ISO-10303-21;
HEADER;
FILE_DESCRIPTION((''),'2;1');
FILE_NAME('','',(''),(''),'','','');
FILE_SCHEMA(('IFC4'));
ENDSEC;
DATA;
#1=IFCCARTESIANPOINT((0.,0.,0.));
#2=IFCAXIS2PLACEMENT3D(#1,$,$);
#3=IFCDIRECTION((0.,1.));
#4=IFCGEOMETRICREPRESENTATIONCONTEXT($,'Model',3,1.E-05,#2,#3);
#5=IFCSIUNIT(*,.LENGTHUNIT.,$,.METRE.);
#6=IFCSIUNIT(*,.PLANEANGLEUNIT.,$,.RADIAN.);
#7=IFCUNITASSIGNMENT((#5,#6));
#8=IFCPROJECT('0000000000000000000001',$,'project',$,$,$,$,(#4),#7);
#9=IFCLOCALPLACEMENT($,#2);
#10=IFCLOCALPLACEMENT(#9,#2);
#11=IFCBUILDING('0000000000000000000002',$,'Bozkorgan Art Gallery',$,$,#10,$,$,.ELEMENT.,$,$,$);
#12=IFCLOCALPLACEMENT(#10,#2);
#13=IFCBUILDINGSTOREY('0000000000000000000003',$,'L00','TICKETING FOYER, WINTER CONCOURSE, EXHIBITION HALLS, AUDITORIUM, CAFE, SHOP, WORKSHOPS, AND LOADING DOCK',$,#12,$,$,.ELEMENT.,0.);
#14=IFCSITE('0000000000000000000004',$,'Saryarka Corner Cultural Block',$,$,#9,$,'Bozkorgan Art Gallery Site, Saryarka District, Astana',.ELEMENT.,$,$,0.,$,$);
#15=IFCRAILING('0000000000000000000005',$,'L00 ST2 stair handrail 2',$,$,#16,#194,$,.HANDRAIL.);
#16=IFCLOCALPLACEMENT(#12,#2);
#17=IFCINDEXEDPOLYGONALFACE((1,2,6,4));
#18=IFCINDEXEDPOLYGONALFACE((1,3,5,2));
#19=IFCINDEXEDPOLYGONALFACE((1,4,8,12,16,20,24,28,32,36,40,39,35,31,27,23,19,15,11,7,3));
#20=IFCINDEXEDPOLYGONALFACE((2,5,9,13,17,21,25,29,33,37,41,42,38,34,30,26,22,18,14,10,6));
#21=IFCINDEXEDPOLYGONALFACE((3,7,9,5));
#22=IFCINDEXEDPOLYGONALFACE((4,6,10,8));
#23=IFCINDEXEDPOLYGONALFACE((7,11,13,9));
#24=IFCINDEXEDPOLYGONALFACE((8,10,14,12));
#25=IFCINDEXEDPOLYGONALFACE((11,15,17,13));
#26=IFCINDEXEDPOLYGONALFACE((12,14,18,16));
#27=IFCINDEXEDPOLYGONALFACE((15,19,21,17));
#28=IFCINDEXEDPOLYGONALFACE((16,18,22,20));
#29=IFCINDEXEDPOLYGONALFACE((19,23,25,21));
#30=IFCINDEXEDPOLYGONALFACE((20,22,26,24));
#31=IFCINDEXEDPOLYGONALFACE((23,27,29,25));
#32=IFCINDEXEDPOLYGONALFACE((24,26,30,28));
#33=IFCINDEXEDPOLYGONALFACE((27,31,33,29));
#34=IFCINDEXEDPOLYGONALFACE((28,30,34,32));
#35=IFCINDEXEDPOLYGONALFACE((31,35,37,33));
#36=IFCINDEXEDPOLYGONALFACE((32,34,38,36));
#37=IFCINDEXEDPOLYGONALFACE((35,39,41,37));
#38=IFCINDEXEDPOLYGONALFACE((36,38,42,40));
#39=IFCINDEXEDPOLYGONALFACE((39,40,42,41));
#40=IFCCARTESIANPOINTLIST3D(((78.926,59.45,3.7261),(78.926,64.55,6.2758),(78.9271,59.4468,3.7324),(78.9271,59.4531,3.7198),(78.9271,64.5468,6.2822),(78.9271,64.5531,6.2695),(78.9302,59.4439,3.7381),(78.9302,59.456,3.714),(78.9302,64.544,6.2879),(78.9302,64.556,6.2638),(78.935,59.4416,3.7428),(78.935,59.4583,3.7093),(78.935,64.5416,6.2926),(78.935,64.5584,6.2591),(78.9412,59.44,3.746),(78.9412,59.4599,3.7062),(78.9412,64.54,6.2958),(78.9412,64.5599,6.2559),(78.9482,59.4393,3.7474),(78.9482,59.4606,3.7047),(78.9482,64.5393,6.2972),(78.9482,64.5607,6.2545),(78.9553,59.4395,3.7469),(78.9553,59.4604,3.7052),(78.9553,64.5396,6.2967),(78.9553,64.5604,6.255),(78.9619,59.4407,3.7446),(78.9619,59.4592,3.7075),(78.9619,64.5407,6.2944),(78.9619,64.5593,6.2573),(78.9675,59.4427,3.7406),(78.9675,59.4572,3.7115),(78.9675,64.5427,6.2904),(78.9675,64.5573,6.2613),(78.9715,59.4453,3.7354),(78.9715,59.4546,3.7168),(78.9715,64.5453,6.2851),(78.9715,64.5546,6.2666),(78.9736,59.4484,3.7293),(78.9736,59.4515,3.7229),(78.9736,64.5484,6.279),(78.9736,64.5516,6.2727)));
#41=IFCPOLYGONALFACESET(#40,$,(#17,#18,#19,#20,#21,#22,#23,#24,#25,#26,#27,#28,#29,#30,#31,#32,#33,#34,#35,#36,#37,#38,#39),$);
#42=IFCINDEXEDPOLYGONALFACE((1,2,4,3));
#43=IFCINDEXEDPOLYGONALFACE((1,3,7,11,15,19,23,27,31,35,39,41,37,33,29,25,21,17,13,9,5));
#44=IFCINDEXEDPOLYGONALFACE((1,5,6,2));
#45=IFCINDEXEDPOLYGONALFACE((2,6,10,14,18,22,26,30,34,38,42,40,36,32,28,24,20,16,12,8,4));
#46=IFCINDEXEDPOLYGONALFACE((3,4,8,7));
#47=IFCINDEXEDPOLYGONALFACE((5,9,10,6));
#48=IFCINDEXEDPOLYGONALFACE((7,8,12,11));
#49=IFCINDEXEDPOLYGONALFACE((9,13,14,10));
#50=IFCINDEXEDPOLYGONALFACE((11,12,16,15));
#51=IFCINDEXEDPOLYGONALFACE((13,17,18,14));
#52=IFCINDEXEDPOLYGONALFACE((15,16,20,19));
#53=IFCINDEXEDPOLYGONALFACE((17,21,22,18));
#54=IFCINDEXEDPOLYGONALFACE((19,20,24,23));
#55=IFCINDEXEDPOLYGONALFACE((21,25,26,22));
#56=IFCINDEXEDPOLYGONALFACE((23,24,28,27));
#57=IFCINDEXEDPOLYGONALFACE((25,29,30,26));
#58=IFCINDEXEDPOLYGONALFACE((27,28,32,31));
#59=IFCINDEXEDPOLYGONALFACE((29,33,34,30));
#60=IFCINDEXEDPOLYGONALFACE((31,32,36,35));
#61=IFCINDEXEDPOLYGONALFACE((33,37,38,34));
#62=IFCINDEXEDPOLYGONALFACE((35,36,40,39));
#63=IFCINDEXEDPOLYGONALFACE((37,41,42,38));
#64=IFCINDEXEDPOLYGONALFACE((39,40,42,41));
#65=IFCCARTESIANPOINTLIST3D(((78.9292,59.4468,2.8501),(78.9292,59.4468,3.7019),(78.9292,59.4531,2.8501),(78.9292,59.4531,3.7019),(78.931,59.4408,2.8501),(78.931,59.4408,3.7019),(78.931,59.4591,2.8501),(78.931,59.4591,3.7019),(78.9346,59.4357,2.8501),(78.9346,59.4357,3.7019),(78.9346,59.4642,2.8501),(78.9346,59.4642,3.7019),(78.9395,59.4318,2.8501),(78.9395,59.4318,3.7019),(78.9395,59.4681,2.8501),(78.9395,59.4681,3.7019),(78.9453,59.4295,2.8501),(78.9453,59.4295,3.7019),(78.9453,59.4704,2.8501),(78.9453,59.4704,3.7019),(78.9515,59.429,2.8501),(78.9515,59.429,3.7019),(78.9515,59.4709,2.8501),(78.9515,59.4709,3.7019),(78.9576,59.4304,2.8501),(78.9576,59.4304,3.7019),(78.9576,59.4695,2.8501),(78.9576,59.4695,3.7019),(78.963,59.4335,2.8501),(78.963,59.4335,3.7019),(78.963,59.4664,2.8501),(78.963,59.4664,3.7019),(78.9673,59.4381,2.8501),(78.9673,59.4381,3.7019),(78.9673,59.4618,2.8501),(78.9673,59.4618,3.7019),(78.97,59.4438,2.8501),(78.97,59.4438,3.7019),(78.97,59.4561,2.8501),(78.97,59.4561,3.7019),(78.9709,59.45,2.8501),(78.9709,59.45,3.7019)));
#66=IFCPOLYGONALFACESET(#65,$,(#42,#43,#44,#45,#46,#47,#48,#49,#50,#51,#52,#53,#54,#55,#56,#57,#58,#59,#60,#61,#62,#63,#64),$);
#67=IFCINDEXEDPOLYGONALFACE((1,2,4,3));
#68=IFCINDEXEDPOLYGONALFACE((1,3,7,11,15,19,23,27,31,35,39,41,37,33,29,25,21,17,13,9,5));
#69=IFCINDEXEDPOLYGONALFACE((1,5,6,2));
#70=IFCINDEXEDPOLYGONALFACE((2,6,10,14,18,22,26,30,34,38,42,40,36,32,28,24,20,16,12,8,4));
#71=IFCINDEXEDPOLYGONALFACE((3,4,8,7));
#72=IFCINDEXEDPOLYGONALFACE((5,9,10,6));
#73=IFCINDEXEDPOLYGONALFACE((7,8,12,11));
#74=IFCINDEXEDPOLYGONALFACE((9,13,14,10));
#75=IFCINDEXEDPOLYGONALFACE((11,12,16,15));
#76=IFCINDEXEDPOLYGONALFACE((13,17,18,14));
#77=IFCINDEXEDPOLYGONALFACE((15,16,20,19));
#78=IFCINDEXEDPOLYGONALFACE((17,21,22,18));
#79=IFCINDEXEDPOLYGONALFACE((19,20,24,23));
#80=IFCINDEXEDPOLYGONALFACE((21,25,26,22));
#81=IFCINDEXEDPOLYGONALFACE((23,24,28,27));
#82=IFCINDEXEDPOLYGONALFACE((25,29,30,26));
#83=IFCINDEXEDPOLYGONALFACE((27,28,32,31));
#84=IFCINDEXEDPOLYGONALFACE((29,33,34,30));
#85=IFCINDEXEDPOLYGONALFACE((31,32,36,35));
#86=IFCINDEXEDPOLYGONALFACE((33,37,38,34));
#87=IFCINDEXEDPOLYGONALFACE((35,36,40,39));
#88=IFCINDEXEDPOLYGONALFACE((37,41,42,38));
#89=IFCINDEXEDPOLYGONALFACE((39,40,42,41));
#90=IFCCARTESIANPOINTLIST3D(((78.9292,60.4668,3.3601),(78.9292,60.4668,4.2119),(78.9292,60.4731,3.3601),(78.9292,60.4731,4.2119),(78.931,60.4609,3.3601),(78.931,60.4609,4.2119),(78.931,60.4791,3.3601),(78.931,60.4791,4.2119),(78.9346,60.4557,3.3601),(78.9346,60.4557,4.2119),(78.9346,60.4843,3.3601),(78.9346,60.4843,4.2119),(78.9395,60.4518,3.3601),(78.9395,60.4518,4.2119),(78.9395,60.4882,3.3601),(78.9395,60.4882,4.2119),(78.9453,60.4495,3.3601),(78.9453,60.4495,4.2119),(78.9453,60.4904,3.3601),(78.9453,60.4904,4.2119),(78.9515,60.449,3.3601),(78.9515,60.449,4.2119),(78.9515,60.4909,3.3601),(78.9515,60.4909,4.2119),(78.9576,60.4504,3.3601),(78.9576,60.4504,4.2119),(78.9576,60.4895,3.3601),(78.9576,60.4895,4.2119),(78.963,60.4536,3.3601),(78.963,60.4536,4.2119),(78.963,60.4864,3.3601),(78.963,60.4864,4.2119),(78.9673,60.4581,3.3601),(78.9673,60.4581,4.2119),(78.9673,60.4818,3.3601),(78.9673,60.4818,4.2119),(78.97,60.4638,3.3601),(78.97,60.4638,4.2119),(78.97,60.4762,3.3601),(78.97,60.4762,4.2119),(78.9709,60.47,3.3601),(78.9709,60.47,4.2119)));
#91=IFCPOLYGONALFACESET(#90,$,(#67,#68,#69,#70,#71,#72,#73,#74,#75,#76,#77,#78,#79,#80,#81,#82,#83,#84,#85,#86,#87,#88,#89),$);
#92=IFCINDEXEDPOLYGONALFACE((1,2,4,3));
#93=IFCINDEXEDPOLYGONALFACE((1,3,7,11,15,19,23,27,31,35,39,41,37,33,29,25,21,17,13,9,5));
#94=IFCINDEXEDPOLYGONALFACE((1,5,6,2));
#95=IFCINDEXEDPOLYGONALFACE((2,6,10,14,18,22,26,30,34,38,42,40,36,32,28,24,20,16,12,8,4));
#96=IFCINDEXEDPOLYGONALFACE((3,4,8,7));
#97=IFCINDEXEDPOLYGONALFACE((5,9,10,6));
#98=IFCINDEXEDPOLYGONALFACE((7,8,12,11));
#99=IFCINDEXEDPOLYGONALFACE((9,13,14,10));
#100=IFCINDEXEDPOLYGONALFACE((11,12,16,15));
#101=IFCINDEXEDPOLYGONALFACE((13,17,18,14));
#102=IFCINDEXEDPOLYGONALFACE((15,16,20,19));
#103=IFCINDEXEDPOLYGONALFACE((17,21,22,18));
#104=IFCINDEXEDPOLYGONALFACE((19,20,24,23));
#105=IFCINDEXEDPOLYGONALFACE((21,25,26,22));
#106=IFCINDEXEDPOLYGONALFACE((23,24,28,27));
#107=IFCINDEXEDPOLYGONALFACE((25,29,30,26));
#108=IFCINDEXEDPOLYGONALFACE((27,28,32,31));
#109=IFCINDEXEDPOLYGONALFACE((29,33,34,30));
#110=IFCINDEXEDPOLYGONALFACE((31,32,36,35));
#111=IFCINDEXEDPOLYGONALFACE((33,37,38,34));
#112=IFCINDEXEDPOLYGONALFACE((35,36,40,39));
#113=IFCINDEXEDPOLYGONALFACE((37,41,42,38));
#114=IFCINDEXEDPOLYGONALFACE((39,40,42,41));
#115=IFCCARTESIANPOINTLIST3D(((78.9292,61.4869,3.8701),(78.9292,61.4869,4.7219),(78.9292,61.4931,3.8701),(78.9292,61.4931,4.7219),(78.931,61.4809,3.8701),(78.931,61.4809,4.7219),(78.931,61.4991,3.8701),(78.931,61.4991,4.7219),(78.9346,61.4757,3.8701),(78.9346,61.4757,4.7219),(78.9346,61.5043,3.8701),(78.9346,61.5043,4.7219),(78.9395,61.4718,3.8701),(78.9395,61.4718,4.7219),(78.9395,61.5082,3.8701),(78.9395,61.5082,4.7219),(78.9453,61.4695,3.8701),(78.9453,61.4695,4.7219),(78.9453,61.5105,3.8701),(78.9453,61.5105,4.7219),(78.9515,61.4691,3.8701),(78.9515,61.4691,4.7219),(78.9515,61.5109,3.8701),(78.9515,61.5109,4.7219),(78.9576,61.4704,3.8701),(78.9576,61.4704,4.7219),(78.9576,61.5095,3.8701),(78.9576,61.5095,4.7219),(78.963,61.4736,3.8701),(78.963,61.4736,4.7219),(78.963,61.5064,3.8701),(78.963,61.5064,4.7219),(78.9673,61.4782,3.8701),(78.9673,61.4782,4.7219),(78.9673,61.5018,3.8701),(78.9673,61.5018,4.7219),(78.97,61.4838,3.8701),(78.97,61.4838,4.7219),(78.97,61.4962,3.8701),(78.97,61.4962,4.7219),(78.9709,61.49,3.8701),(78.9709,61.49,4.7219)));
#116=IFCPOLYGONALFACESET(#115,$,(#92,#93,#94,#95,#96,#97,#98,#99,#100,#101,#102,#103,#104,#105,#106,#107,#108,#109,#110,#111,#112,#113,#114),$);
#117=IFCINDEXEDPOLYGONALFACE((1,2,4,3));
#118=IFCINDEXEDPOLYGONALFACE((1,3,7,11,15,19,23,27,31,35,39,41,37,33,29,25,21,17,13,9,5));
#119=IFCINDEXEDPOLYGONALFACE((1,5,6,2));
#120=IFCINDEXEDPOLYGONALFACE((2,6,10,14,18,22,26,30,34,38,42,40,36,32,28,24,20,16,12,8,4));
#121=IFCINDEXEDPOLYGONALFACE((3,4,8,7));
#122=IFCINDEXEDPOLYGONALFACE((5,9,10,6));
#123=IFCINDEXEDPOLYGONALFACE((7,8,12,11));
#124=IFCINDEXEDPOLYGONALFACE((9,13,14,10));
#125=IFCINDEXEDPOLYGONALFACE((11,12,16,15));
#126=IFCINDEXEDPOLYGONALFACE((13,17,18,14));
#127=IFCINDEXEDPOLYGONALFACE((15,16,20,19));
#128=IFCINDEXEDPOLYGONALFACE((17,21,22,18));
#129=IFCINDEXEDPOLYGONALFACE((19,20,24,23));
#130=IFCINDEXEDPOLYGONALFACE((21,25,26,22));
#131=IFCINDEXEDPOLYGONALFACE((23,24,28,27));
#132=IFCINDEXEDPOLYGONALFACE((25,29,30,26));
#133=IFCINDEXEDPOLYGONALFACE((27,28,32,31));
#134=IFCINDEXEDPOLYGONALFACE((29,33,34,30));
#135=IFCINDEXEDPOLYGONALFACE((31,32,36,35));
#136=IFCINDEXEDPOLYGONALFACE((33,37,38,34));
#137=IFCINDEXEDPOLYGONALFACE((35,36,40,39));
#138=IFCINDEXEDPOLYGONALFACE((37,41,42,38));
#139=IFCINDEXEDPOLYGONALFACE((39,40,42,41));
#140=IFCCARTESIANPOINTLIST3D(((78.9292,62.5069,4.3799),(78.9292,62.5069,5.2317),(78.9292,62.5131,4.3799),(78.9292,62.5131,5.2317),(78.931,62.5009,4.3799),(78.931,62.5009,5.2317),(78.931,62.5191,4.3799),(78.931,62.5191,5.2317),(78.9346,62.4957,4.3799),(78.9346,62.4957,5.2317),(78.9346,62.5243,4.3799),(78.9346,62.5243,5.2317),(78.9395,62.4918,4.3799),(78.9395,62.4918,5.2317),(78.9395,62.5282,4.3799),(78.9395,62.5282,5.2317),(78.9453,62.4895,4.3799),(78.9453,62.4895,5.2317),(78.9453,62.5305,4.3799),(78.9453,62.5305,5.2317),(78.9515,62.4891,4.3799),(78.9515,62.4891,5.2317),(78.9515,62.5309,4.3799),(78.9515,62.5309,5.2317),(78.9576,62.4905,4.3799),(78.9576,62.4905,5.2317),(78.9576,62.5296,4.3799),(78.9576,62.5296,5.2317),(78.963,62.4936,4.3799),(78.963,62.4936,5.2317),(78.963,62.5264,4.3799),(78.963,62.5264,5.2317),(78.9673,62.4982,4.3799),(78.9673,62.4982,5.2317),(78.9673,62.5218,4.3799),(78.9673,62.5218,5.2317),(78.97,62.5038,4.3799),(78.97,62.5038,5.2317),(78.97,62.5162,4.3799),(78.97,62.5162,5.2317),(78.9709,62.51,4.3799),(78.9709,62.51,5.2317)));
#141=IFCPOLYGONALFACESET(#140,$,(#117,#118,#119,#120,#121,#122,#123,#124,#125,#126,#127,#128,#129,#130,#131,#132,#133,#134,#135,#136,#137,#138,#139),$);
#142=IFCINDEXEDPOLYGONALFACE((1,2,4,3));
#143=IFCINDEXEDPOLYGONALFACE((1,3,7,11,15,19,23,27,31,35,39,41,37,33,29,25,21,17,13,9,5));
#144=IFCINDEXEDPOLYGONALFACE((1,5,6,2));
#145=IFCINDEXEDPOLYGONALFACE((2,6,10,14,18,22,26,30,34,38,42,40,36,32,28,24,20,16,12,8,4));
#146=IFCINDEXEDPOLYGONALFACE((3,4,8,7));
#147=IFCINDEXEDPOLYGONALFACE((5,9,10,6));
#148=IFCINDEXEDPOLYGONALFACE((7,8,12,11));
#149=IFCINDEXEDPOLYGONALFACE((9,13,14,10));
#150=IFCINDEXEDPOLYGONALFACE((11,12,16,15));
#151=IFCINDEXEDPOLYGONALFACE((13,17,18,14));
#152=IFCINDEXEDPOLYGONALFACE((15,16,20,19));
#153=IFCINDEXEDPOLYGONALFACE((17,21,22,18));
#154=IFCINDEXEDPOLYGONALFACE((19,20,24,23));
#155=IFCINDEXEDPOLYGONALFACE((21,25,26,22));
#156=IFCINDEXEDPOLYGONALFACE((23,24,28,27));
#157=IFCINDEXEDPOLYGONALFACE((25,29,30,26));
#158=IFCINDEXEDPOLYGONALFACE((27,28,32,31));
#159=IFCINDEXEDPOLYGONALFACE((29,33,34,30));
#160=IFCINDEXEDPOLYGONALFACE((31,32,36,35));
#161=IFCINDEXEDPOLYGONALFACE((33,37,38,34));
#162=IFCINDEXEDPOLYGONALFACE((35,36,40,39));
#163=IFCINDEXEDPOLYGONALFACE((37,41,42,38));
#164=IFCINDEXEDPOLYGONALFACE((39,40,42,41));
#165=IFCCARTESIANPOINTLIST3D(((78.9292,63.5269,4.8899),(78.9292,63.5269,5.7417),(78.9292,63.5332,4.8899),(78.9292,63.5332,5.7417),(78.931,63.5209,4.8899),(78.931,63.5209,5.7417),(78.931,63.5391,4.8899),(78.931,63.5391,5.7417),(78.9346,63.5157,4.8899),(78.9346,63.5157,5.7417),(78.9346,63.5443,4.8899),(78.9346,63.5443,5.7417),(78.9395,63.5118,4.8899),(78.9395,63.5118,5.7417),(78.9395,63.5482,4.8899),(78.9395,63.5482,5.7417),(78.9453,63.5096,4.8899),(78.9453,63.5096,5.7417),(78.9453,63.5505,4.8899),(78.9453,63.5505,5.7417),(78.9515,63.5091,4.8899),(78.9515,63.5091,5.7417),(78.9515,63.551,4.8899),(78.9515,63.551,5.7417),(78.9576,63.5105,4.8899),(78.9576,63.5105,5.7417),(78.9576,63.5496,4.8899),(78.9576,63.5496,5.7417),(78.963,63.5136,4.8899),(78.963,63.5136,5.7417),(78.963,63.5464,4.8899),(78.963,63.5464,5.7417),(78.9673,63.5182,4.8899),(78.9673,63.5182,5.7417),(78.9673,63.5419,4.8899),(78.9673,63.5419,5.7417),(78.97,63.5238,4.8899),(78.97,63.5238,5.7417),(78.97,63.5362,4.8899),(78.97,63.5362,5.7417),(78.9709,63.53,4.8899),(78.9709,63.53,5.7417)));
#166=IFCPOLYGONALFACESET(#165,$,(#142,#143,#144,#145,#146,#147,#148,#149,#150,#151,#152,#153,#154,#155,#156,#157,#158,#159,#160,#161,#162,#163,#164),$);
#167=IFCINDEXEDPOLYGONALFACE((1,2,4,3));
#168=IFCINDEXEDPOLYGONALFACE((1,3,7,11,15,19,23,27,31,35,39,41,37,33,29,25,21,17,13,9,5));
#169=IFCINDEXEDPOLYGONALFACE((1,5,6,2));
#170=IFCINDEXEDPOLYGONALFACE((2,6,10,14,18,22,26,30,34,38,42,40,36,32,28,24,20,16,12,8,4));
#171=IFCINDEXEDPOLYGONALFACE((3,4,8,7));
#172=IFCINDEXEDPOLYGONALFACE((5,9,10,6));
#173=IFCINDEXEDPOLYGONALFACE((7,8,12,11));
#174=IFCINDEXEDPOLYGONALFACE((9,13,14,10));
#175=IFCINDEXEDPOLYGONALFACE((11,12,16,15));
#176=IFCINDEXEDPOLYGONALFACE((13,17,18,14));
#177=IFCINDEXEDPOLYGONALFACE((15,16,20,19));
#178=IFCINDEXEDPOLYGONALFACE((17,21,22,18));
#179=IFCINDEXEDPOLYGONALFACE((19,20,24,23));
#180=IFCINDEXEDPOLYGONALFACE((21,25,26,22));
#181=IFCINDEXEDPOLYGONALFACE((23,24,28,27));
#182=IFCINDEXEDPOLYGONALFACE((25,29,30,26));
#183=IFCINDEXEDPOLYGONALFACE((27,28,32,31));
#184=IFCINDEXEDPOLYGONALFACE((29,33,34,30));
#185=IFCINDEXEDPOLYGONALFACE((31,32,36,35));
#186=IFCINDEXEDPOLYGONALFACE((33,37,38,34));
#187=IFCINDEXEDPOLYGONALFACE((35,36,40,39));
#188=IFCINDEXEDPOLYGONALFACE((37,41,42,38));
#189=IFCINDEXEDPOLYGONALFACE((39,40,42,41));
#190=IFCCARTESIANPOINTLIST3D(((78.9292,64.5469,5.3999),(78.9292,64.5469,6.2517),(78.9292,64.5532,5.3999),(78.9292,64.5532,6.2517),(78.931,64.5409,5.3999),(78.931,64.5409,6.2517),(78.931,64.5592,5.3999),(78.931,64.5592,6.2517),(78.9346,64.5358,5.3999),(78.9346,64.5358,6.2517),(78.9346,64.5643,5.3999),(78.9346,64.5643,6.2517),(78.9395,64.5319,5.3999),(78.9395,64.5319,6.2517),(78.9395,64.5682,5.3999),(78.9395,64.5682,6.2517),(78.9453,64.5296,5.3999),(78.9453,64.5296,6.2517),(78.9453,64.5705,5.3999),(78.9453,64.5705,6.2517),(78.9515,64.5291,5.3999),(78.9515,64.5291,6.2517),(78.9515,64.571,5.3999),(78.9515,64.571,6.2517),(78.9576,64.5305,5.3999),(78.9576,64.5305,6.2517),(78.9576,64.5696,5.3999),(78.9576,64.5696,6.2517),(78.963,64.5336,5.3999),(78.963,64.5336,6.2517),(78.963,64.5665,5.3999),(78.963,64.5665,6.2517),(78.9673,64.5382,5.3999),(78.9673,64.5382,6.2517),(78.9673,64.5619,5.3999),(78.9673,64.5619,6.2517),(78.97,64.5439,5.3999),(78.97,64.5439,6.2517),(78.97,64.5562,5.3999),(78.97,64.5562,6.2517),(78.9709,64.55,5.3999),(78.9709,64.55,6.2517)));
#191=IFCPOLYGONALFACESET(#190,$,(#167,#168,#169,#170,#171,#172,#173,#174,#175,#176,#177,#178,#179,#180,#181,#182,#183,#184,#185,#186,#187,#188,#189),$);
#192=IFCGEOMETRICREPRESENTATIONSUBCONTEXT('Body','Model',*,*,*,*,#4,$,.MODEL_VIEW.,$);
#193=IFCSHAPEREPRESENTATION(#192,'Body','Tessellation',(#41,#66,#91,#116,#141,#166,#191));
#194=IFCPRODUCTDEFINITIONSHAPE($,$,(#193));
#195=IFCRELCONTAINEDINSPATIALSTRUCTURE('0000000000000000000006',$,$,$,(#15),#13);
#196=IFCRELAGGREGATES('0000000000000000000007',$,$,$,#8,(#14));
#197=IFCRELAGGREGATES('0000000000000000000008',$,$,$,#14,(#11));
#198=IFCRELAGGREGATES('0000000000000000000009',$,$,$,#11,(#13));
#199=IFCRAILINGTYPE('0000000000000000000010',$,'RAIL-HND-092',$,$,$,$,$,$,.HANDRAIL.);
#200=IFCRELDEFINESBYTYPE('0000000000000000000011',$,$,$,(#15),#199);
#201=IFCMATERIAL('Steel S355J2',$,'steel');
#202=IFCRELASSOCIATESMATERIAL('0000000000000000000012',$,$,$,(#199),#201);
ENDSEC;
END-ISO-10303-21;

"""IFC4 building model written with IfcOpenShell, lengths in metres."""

from ifc_helpers import new_model, si_unit, direction, frame, origin, origin_2d, place, context, subcontext, project, spatial, circle, extrude, material, type_object, element, save


model = new_model("IFC4")

# Units and contexts
model_context = context("Model", 3, precision=1e-05, world=origin(), true_north=direction((0.0, 1.0)))
body_context = subcontext(model_context, "Body", "Model", "MODEL_VIEW")
ifc_project = project(units=[si_unit("LENGTHUNIT", "METRE"), si_unit("PLANEANGLEUNIT", "RADIAN")], contexts=[model_context])

# Site, building, storey
site_placement = place(None, origin())
site = spatial("IfcSite", under=ifc_project, at=site_placement, Name="Saryarka Corner Cultural Block", LongName="Bozkorgan Art Gallery Site, Saryarka District, Astana", CompositionType="ELEMENT", RefElevation=0.0)
building_placement = place(site_placement, origin())
building = spatial("IfcBuilding", under=site, at=building_placement, Name="Bozkorgan Art Gallery", CompositionType="ELEMENT")
storey_placement = place(building_placement, origin())
storey = spatial("IfcBuildingStorey", under=building, at=storey_placement, Name="L00", Description="TICKETING FOYER, WINTER CONCOURSE, EXHIBITION HALLS, AUDITORIUM, CAFE, SHOP, WORKSHOPS, AND LOADING DOCK", CompositionType="ELEMENT", Elevation=0.0)

# Shared definitions
ifc_material_1 = material(Name="Steel S355J2", Category="steel")

# Railing
railing_type_1 = type_object("IfcRailingType", Name="RAIL-HND-092", PredefinedType="HANDRAIL", material=ifc_material_1)
railing_1_placement = place(storey_placement, frame((78.95, 59.45, 2.8501)))
element("IfcRailing", 1, at=railing_1_placement, inside=storey, type_object=railing_type_1, Name="L00 ST2 stair handrail 2", PredefinedType="HANDRAIL", context=body_context, shape_type="SweptSolid", body=[
    extrude(circle(Radius=0.0239, at=origin_2d()), frame((0.0, 0.0, 0.876), z_axis=(0.0, 0.894444, 0.447179), x_axis=(-1.0, 0.0, 0.0)), (0.0, 0.0, 1.0), 5.7019),
    extrude(circle(Radius=0.021, at=origin_2d()), origin(), (0.0, 0.0, 1.0), 0.8518),
    extrude(circle(Radius=0.021, at=origin_2d()), frame((0.0, 1.02, 0.51)), (0.0, 0.0, 1.0), 0.8518),
    extrude(circle(Radius=0.021, at=origin_2d()), frame((0.0, 2.04, 1.02)), (0.0, 0.0, 1.0), 0.8518),
    extrude(circle(Radius=0.021, at=origin_2d()), frame((0.0, 3.0601, 1.5298)), (0.0, 0.0, 1.0), 0.8518),
    extrude(circle(Radius=0.021, at=origin_2d()), frame((0.0, 4.0801, 2.0398)), (0.0, 0.0, 1.0), 0.8518),
    extrude(circle(Radius=0.021, at=origin_2d()), frame((0.0, 5.1001, 2.5498)), (0.0, 0.0, 1.0), 0.8518),
])

save(model, "model.ifc")
